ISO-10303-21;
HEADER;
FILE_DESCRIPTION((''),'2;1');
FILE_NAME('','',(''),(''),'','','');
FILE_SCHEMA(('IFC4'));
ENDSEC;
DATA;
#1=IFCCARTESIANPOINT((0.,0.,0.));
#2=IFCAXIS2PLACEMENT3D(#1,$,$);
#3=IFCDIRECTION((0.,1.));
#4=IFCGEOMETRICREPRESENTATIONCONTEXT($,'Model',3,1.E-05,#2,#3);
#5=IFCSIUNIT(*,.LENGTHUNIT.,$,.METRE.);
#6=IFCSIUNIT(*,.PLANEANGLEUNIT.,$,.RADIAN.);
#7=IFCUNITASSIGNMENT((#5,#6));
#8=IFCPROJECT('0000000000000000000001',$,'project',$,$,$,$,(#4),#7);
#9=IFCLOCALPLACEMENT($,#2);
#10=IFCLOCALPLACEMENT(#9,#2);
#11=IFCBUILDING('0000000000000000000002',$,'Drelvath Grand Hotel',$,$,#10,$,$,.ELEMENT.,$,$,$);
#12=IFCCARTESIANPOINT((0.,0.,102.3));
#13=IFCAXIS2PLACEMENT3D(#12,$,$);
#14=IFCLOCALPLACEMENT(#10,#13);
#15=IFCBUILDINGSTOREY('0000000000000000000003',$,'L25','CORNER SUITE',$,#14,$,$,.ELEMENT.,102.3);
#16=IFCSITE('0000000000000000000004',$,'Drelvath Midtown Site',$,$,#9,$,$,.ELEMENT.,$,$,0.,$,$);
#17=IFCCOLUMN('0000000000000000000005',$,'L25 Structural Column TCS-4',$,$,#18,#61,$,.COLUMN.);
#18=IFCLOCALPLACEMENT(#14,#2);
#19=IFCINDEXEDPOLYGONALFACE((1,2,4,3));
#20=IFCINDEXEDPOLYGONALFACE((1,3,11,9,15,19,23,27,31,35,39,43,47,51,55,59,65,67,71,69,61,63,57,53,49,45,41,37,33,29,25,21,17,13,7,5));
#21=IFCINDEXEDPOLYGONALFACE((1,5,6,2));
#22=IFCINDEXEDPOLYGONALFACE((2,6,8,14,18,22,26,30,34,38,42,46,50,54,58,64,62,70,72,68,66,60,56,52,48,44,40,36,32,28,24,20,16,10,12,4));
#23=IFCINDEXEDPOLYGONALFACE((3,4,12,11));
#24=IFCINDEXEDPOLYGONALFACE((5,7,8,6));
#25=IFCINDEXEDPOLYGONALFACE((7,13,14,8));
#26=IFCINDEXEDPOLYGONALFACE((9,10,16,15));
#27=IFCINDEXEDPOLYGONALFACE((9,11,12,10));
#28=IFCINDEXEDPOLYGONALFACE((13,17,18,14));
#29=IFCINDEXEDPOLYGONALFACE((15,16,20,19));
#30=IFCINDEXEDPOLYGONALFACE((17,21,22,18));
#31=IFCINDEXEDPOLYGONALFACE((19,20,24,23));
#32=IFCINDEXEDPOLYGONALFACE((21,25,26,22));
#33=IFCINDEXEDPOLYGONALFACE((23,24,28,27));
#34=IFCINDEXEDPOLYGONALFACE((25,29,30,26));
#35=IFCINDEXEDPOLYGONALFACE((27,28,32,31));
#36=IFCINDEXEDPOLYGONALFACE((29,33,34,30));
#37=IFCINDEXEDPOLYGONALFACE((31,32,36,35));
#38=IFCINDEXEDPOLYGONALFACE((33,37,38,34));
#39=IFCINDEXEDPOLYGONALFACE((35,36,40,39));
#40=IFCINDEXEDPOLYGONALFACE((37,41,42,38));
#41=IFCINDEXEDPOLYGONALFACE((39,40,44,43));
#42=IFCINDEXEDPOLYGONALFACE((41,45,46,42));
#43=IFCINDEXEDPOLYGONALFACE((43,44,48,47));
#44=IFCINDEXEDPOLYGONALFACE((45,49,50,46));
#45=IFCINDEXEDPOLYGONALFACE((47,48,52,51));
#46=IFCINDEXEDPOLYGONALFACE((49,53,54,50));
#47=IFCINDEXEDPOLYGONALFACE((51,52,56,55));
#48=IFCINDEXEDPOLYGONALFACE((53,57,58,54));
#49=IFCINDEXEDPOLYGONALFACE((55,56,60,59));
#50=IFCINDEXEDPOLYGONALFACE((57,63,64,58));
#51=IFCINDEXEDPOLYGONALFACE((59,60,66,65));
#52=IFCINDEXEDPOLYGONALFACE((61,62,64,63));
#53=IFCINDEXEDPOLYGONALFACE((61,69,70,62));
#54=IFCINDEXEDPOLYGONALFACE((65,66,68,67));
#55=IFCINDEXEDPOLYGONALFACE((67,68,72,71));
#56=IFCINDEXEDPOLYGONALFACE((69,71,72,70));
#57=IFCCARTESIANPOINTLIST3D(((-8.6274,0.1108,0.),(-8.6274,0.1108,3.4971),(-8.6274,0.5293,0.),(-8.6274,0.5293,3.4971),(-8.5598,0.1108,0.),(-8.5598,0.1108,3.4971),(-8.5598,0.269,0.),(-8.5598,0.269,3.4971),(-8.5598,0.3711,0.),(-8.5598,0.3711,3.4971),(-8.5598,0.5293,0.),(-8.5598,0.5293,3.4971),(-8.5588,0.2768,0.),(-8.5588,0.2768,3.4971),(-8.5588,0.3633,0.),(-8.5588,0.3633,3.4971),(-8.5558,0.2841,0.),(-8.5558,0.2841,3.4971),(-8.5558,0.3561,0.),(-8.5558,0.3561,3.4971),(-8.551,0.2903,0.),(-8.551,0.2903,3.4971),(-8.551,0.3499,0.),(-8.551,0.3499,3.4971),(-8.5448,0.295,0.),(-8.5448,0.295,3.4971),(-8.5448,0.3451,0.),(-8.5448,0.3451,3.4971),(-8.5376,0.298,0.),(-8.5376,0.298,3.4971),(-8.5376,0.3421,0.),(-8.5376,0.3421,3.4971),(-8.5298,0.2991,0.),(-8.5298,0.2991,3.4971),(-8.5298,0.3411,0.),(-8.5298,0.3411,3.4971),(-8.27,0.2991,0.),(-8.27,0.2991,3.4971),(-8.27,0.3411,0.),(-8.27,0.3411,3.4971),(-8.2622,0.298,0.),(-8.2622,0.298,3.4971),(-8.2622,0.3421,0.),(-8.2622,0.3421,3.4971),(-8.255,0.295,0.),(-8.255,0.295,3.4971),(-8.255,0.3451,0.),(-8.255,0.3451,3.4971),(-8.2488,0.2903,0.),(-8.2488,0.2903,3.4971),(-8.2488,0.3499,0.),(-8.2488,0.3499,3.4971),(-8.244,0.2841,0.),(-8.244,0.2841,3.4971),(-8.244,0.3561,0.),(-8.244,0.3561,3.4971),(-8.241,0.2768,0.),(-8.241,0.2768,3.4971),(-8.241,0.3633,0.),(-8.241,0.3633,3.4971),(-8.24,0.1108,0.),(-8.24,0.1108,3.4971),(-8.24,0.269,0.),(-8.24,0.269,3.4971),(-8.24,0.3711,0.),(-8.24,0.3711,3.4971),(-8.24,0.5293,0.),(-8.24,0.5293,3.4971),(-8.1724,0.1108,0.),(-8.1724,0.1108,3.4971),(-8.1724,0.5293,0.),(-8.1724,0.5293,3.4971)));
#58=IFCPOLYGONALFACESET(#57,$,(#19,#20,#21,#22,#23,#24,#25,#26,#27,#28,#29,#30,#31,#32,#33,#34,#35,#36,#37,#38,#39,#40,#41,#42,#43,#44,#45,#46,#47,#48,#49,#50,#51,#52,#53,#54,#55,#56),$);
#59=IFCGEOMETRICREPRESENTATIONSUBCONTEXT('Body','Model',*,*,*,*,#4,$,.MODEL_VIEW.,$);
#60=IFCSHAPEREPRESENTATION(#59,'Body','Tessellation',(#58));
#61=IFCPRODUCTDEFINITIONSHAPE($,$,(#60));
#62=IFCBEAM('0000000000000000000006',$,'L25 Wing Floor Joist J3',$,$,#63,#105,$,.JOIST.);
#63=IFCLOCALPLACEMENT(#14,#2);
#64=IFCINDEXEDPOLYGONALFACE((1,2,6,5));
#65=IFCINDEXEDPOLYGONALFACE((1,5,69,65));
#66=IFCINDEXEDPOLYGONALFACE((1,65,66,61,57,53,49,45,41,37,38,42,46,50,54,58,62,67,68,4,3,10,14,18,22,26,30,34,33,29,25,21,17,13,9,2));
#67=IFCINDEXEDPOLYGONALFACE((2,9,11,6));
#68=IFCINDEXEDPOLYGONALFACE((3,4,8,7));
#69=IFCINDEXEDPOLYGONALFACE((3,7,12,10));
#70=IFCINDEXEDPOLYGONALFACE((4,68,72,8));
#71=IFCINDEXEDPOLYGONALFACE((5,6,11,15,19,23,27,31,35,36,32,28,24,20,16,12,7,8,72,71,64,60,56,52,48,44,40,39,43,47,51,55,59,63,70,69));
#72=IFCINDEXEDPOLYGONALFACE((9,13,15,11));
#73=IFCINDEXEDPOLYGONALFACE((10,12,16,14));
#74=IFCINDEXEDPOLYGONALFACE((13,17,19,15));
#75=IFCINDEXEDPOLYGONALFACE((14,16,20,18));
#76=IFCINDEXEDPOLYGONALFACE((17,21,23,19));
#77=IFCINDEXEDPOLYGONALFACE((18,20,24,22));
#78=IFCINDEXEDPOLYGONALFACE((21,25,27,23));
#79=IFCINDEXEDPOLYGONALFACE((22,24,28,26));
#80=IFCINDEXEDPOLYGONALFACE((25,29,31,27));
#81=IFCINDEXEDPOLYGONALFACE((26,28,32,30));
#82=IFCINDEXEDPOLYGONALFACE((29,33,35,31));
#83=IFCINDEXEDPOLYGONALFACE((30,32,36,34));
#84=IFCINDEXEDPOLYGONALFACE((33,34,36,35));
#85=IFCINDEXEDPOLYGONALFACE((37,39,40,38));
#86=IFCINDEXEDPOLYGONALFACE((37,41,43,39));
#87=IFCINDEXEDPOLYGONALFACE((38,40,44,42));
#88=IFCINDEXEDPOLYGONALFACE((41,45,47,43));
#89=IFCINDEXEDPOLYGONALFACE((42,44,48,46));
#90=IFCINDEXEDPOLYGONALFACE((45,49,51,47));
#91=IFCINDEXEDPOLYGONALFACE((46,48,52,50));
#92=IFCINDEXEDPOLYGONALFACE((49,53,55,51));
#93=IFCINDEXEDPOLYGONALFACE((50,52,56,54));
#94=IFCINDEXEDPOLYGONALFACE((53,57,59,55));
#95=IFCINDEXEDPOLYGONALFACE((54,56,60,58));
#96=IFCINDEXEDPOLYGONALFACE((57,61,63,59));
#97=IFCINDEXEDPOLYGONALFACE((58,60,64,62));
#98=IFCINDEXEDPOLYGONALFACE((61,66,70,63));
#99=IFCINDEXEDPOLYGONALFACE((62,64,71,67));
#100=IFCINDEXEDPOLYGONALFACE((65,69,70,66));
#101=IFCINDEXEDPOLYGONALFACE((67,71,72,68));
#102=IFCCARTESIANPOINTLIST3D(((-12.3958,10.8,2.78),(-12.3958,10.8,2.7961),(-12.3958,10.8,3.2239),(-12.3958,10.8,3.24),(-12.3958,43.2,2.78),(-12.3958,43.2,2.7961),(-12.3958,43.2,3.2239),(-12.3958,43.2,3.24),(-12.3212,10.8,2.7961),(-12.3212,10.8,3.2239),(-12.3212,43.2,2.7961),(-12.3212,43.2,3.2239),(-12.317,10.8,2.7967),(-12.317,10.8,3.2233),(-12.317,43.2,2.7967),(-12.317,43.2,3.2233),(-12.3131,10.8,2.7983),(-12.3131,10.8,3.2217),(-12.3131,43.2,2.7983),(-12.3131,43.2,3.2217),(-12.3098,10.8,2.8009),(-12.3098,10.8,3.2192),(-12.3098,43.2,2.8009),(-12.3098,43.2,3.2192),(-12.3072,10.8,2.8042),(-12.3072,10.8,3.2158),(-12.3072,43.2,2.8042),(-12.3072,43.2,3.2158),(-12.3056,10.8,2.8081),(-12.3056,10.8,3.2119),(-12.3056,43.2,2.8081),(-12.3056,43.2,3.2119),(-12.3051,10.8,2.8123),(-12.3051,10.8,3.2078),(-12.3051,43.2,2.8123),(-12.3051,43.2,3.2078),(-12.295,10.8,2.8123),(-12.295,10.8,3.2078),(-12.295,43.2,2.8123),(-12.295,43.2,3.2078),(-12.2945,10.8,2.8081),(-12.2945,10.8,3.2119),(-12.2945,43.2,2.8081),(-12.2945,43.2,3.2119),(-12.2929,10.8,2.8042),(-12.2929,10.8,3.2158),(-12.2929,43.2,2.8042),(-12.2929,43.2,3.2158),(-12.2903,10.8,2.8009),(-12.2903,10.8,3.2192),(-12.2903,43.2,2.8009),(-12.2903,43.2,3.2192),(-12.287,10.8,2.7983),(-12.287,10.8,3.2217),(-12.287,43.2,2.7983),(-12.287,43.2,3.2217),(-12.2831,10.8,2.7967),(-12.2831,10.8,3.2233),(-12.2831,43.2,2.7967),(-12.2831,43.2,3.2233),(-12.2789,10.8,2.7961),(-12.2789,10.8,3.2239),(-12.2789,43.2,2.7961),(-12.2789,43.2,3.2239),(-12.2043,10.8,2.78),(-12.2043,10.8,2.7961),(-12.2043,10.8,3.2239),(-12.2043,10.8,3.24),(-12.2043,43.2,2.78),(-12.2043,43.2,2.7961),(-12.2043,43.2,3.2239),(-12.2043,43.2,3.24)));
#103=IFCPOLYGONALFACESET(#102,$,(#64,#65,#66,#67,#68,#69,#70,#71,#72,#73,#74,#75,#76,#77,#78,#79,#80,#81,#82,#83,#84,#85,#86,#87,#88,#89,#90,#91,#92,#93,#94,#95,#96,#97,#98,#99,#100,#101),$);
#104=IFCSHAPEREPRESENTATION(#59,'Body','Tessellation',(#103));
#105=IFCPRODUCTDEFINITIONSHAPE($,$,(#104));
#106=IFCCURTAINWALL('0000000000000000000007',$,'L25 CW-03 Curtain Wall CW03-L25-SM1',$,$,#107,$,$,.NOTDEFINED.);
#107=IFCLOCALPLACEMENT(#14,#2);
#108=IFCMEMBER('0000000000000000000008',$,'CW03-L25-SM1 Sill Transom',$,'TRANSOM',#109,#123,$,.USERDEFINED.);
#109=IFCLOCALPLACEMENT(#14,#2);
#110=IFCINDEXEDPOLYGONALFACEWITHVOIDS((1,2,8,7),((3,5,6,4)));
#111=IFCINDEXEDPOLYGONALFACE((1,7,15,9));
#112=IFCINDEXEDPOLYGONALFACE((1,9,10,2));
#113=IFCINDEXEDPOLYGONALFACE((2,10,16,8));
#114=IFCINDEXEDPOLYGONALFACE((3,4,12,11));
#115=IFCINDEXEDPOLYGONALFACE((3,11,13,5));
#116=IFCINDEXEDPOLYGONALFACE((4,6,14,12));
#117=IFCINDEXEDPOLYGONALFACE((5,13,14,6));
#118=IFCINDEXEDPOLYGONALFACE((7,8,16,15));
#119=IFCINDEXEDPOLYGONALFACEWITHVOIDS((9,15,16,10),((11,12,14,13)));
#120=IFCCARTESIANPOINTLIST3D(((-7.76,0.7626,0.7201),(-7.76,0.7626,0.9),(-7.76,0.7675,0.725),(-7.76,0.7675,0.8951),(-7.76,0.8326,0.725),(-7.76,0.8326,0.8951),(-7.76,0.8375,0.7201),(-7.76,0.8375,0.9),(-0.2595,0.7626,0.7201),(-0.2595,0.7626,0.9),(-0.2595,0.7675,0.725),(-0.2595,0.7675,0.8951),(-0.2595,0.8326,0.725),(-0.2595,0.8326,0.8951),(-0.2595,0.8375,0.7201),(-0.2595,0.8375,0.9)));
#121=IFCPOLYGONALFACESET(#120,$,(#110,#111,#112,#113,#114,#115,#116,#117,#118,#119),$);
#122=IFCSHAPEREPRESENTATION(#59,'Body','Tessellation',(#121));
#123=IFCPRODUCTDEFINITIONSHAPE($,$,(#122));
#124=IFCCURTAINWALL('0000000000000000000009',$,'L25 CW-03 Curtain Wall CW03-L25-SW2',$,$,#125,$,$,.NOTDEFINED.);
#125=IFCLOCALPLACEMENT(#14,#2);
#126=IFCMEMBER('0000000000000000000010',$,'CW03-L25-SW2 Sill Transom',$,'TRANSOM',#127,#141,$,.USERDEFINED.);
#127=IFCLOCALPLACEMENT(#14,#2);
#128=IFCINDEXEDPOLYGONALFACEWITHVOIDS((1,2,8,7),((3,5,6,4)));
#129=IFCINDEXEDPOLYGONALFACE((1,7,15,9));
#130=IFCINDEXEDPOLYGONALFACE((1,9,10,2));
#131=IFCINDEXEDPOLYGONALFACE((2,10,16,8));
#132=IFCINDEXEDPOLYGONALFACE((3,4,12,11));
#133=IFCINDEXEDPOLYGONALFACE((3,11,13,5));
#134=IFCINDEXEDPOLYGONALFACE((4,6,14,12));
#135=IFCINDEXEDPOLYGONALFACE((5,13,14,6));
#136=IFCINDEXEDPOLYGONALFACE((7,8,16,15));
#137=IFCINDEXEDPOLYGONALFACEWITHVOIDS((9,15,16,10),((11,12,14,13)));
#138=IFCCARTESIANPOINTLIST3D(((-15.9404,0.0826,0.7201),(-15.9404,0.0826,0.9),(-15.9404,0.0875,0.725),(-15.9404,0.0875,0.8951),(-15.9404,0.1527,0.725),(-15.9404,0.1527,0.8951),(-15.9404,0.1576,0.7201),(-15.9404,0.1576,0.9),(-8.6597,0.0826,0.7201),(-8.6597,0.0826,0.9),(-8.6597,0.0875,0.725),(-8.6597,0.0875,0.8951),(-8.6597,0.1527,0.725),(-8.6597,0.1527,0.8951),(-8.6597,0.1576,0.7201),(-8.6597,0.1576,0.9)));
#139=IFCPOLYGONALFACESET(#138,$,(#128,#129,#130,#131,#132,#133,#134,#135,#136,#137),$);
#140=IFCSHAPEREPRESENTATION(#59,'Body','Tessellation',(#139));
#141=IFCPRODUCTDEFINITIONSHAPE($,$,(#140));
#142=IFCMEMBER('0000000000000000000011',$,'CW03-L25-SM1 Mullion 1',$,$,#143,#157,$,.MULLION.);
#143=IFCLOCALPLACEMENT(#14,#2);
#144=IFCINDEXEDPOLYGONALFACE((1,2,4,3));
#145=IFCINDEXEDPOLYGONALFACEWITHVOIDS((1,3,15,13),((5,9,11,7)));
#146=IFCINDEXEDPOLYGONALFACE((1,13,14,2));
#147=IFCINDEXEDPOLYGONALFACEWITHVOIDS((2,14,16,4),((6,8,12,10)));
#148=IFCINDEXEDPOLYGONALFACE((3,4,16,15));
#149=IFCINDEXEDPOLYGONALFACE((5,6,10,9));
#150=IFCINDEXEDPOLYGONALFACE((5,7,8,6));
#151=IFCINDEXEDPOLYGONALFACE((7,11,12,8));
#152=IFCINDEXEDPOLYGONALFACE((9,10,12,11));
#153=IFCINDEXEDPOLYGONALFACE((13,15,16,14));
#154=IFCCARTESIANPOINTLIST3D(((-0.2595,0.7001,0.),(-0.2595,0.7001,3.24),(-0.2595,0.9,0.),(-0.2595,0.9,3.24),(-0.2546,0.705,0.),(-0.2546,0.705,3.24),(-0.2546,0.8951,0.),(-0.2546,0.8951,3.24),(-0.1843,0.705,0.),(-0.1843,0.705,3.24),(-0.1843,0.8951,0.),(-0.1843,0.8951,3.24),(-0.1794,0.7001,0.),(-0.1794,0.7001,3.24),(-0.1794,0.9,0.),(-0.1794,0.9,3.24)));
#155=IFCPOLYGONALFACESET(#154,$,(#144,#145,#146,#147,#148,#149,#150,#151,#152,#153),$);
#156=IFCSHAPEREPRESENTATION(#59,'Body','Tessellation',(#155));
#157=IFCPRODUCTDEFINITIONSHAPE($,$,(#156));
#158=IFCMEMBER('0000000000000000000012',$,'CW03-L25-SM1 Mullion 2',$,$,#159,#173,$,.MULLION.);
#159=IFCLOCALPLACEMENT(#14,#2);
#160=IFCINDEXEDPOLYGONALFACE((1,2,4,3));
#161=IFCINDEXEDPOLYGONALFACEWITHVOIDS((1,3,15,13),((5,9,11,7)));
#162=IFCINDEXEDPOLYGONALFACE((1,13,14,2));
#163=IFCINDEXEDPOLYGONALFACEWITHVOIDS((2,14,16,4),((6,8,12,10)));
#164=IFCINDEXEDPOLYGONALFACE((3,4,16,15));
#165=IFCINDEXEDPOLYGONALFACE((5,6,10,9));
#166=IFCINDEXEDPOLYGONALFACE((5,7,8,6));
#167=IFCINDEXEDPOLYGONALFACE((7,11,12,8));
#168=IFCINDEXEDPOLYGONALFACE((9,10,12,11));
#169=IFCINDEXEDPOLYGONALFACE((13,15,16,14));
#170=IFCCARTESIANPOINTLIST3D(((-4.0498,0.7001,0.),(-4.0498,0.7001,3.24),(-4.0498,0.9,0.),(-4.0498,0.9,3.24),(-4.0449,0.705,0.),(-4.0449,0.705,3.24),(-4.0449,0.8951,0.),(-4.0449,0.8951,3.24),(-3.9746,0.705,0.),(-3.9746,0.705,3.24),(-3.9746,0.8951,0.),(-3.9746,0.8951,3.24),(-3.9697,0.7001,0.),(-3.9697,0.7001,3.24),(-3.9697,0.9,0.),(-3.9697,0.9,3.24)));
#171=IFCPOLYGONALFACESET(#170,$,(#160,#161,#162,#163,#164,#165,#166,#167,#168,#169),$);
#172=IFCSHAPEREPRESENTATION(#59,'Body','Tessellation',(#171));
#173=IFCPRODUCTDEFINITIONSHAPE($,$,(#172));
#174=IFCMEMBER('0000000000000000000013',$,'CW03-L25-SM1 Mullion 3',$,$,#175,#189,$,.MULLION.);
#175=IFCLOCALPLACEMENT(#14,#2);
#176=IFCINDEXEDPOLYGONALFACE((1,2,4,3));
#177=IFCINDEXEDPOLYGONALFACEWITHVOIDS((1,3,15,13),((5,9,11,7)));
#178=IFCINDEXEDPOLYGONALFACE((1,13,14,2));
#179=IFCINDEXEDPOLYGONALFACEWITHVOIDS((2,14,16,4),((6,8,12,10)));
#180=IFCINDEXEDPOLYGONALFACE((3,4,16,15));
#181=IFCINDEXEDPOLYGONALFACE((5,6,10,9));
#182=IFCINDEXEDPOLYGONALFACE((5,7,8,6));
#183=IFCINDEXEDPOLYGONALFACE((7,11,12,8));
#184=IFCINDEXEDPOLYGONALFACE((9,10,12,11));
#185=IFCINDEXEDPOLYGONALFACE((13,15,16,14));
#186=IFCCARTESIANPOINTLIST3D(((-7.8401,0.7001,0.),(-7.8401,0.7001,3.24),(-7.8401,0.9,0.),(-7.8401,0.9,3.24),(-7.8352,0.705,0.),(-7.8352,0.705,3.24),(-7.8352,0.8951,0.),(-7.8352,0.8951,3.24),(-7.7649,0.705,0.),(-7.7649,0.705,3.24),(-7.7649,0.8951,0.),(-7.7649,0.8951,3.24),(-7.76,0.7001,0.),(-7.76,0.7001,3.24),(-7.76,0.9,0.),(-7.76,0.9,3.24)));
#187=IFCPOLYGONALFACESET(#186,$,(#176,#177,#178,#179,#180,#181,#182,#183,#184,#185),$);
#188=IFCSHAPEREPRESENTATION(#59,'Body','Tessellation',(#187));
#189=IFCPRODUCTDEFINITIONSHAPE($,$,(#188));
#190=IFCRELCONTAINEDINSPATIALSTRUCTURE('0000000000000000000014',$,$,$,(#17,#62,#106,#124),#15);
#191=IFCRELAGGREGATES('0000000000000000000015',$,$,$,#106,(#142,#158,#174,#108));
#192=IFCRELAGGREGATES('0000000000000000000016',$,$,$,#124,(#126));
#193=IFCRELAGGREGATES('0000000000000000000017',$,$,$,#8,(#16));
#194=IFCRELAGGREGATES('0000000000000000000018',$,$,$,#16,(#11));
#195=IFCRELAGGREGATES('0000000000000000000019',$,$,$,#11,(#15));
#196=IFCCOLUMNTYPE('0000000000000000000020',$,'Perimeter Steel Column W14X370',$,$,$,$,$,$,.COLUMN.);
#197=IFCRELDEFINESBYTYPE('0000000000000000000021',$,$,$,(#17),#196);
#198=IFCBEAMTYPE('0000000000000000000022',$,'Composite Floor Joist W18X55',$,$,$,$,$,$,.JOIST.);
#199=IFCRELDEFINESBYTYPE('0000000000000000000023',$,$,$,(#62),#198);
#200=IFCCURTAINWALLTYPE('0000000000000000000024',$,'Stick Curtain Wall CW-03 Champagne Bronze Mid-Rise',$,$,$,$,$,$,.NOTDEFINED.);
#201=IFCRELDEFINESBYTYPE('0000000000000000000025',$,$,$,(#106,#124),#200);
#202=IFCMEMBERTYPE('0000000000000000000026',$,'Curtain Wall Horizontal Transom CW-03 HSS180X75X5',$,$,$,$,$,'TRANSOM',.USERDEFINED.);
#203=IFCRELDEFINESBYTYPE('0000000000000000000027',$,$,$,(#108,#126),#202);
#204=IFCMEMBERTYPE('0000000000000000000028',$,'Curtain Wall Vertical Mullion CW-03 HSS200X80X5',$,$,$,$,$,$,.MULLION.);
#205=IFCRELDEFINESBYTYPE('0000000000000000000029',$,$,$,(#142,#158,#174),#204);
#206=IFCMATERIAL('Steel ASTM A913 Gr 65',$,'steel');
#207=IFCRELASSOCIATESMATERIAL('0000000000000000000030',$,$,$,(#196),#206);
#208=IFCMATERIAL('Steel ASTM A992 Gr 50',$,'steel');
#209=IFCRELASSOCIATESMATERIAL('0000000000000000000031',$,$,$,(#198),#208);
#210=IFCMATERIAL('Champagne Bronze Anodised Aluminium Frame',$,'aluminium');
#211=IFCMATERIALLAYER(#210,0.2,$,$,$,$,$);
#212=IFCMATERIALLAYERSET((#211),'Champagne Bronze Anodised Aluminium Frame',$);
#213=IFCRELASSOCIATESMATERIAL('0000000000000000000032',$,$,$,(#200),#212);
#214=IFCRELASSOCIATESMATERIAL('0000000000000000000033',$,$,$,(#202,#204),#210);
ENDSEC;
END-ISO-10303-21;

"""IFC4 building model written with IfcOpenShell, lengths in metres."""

from ifc_helpers import new_model, si_unit, direction, frame, origin, origin_2d, place, context, subcontext, project, spatial, hollow_rectangle, i_section, extrude, material, layer, layer_set, material_profile, profile_set, type_object, element, aggregate, save


model = new_model("IFC4")

# Units and contexts
model_context = context("Model", 3, precision=1e-05, world=origin(), true_north=direction((0.0, 1.0)))
body_context = subcontext(model_context, "Body", "Model", "MODEL_VIEW")
ifc_project = project(units=[si_unit("LENGTHUNIT", "METRE"), si_unit("PLANEANGLEUNIT", "RADIAN")], contexts=[model_context])

# Site, building, storey
site_placement = place(None, origin())
site = spatial("IfcSite", under=ifc_project, at=site_placement, Name="Drelvath Midtown Site", CompositionType="ELEMENT", RefElevation=0.0)
building_placement = place(site_placement, origin())
building = spatial("IfcBuilding", under=site, at=building_placement, Name="Drelvath Grand Hotel", CompositionType="ELEMENT")
storey_placement = place(building_placement, frame((0.0, 0.0, 102.3)))
storey = spatial("IfcBuildingStorey", under=building, at=storey_placement, Name="L25", Description="CORNER SUITE", CompositionType="ELEMENT", Elevation=102.3)

# Column
ifc_material_1 = material(Name="Steel ASTM A913 Gr 65", Category="steel")
ifc_material_profile_1 = material_profile(ifc_material_1, i_section(OverallWidth=0.4185, OverallDepth=0.4551, WebThickness=0.042, FlangeThickness=0.0676, FilletRadius=0.03, at=origin_2d()), Name="W14X370")
ifc_profile_set_1 = profile_set([ifc_material_profile_1], Name="Steel ASTM A913 Gr 65")
column_type = type_object("IfcColumnType", Name="Perimeter Steel Column W14X370", PredefinedType="COLUMN", material=ifc_profile_set_1)
column_placement = place(storey_placement, frame((-8.3999, 0.3201, 0.0), z_axis=(0.0, 0.0, 1.0), x_axis=(0.0, 1.0, 0.0)))
element("IfcColumn", 1, at=column_placement, inside=storey, type_object=column_type, Name="L25 Structural Column TCS-4", PredefinedType="COLUMN", context=body_context, shape_type="SweptSolid", body=[
    extrude(i_section(OverallWidth=0.4185, OverallDepth=0.4551, WebThickness=0.042, FlangeThickness=0.0676, FilletRadius=0.03, at=origin_2d()), origin(), (0.0, 0.0, 1.0), 3.4971),
])

# Beam
ifc_material_2 = material(Name="Steel ASTM A992 Gr 50", Category="steel")
ifc_material_profile_2 = material_profile(ifc_material_2, i_section(OverallWidth=0.1914, OverallDepth=0.46, WebThickness=0.01, FlangeThickness=0.0161, FilletRadius=0.0161, at=origin_2d()), Name="W18X55")
ifc_profile_set_2 = profile_set([ifc_material_profile_2], Name="Steel ASTM A992 Gr 50")
beam_type_1 = type_object("IfcBeamType", Name="Composite Floor Joist W18X55", PredefinedType="JOIST", material=ifc_profile_set_2)
beam_1_placement = place(storey_placement, frame((-12.3, 10.8, 3.01), z_axis=(0.0, 1.0, 0.0), x_axis=(-1.0, 0.0, 0.0)))
element("IfcBeam", 2, at=beam_1_placement, inside=storey, type_object=beam_type_1, Name="L25 Wing Floor Joist J3", PredefinedType="JOIST", context=body_context, shape_type="SweptSolid", body=[
    extrude(i_section(OverallWidth=0.1914, OverallDepth=0.46, WebThickness=0.01, FlangeThickness=0.0161, FilletRadius=0.0161, at=origin_2d()), origin(), (0.0, 0.0, 1.0), 32.3999),
])

# Curtain walls, members
ifc_material_3 = material(Name="Champagne Bronze Anodised Aluminium Frame", Category="aluminium")
ifc_layer_1 = layer(ifc_material_3, 0.2)
ifc_layer_set_1 = layer_set([ifc_layer_1], Name="Champagne Bronze Anodised Aluminium Frame")
curtain_wall_type = type_object("IfcCurtainWallType", Name="Stick Curtain Wall CW-03 Champagne Bronze Mid-Rise", PredefinedType="NOTDEFINED", material=ifc_layer_set_1)
curtain_wall_1_placement = place(storey_placement, origin())
curtain_wall_1 = element("IfcCurtainWall", 3, at=curtain_wall_1_placement, inside=storey, type_object=curtain_wall_type, Name="L25 CW-03 Curtain Wall CW03-L25-SM1", PredefinedType="NOTDEFINED")
ifc_material_profile_3 = material_profile(ifc_material_3, hollow_rectangle(XDim=0.075, YDim=0.1799, WallThickness=0.0049, at=origin_2d()), Name="HSS180X75X5")
ifc_profile_set_3 = profile_set([ifc_material_profile_3], Name="Champagne Bronze Anodised Aluminium Frame")
member_type_1 = type_object("IfcMemberType", Name="Curtain Wall Horizontal Transom CW-03 HSS180X75X5", ElementType="TRANSOM", PredefinedType="USERDEFINED", material=ifc_profile_set_3)
member_1_placement = place(storey_placement, frame((-0.2595, 0.8, 0.8101), z_axis=(-1.0, 0.0, 0.0), x_axis=(0.0, -1.0, 0.0)))
member_1 = element("IfcMember", 4, at=member_1_placement, type_object=member_type_1, Name="CW03-L25-SM1 Sill Transom", ObjectType="TRANSOM", PredefinedType="USERDEFINED", context=body_context, shape_type="SweptSolid", body=[
    extrude(hollow_rectangle(XDim=0.075, YDim=0.1799, WallThickness=0.0049, at=origin_2d()), origin(), (0.0, 0.0, 1.0), 7.5005),
])
curtain_wall_2_placement = place(storey_placement, origin())
curtain_wall_2 = element("IfcCurtainWall", 5, at=curtain_wall_2_placement, inside=storey, type_object=curtain_wall_type, Name="L25 CW-03 Curtain Wall CW03-L25-SW2", PredefinedType="NOTDEFINED")
member_2_placement = place(storey_placement, frame((-8.6597, 0.1201, 0.8101), z_axis=(-1.0, 0.0, 0.0), x_axis=(0.0, -1.0, 0.0)))
member_2 = element("IfcMember", 6, at=member_2_placement, type_object=member_type_1, Name="CW03-L25-SW2 Sill Transom", ObjectType="TRANSOM", PredefinedType="USERDEFINED", context=body_context, shape_type="SweptSolid", body=[
    extrude(hollow_rectangle(XDim=0.075, YDim=0.1799, WallThickness=0.0049, at=origin_2d()), origin(), (0.0, 0.0, 1.0), 7.2808),
])

# Members
ifc_material_profile_4 = material_profile(ifc_material_3, hollow_rectangle(XDim=0.0801, YDim=0.2, WallThickness=0.0049, at=origin_2d()), Name="HSS200X80X5")
ifc_profile_set_4 = profile_set([ifc_material_profile_4], Name="Champagne Bronze Anodised Aluminium Frame")
member_type_2 = type_object("IfcMemberType", Name="Curtain Wall Vertical Mullion CW-03 HSS200X80X5", PredefinedType="MULLION", material=ifc_profile_set_4)
member_3_placement = place(storey_placement, frame((-0.2195, 0.8, 0.0), z_axis=(0.0, 0.0, 1.0), x_axis=(1.0, 0.0, 0.0)))
member_3 = element("IfcMember", 7, at=member_3_placement, type_object=member_type_2, Name="CW03-L25-SM1 Mullion 1", PredefinedType="MULLION", context=body_context, shape_type="SweptSolid", body=[
    extrude(hollow_rectangle(XDim=0.0801, YDim=0.2, WallThickness=0.0049, at=origin_2d()), origin(), (0.0, 0.0, 1.0), 3.24),
])
member_4_placement = place(storey_placement, frame((-4.0098, 0.8, 0.0), z_axis=(0.0, 0.0, 1.0), x_axis=(1.0, 0.0, 0.0)))
member_4 = element("IfcMember", 8, at=member_4_placement, type_object=member_type_2, Name="CW03-L25-SM1 Mullion 2", PredefinedType="MULLION", context=body_context, shape_type="SweptSolid", body=[
    extrude(hollow_rectangle(XDim=0.0801, YDim=0.2, WallThickness=0.0049, at=origin_2d()), origin(), (0.0, 0.0, 1.0), 3.24),
])
member_5_placement = place(storey_placement, frame((-7.8, 0.8, 0.0), z_axis=(0.0, 0.0, 1.0), x_axis=(1.0, 0.0, 0.0)))
member_5 = element("IfcMember", 9, at=member_5_placement, type_object=member_type_2, Name="CW03-L25-SM1 Mullion 3", PredefinedType="MULLION", context=body_context, shape_type="SweptSolid", body=[
    extrude(hollow_rectangle(XDim=0.0801, YDim=0.2, WallThickness=0.0049, at=origin_2d()), origin(), (0.0, 0.0, 1.0), 3.24),
])

aggregate(curtain_wall_1, [member_3, member_4, member_5, member_1])
aggregate(curtain_wall_2, [member_2])

save(model, "model.ifc")
